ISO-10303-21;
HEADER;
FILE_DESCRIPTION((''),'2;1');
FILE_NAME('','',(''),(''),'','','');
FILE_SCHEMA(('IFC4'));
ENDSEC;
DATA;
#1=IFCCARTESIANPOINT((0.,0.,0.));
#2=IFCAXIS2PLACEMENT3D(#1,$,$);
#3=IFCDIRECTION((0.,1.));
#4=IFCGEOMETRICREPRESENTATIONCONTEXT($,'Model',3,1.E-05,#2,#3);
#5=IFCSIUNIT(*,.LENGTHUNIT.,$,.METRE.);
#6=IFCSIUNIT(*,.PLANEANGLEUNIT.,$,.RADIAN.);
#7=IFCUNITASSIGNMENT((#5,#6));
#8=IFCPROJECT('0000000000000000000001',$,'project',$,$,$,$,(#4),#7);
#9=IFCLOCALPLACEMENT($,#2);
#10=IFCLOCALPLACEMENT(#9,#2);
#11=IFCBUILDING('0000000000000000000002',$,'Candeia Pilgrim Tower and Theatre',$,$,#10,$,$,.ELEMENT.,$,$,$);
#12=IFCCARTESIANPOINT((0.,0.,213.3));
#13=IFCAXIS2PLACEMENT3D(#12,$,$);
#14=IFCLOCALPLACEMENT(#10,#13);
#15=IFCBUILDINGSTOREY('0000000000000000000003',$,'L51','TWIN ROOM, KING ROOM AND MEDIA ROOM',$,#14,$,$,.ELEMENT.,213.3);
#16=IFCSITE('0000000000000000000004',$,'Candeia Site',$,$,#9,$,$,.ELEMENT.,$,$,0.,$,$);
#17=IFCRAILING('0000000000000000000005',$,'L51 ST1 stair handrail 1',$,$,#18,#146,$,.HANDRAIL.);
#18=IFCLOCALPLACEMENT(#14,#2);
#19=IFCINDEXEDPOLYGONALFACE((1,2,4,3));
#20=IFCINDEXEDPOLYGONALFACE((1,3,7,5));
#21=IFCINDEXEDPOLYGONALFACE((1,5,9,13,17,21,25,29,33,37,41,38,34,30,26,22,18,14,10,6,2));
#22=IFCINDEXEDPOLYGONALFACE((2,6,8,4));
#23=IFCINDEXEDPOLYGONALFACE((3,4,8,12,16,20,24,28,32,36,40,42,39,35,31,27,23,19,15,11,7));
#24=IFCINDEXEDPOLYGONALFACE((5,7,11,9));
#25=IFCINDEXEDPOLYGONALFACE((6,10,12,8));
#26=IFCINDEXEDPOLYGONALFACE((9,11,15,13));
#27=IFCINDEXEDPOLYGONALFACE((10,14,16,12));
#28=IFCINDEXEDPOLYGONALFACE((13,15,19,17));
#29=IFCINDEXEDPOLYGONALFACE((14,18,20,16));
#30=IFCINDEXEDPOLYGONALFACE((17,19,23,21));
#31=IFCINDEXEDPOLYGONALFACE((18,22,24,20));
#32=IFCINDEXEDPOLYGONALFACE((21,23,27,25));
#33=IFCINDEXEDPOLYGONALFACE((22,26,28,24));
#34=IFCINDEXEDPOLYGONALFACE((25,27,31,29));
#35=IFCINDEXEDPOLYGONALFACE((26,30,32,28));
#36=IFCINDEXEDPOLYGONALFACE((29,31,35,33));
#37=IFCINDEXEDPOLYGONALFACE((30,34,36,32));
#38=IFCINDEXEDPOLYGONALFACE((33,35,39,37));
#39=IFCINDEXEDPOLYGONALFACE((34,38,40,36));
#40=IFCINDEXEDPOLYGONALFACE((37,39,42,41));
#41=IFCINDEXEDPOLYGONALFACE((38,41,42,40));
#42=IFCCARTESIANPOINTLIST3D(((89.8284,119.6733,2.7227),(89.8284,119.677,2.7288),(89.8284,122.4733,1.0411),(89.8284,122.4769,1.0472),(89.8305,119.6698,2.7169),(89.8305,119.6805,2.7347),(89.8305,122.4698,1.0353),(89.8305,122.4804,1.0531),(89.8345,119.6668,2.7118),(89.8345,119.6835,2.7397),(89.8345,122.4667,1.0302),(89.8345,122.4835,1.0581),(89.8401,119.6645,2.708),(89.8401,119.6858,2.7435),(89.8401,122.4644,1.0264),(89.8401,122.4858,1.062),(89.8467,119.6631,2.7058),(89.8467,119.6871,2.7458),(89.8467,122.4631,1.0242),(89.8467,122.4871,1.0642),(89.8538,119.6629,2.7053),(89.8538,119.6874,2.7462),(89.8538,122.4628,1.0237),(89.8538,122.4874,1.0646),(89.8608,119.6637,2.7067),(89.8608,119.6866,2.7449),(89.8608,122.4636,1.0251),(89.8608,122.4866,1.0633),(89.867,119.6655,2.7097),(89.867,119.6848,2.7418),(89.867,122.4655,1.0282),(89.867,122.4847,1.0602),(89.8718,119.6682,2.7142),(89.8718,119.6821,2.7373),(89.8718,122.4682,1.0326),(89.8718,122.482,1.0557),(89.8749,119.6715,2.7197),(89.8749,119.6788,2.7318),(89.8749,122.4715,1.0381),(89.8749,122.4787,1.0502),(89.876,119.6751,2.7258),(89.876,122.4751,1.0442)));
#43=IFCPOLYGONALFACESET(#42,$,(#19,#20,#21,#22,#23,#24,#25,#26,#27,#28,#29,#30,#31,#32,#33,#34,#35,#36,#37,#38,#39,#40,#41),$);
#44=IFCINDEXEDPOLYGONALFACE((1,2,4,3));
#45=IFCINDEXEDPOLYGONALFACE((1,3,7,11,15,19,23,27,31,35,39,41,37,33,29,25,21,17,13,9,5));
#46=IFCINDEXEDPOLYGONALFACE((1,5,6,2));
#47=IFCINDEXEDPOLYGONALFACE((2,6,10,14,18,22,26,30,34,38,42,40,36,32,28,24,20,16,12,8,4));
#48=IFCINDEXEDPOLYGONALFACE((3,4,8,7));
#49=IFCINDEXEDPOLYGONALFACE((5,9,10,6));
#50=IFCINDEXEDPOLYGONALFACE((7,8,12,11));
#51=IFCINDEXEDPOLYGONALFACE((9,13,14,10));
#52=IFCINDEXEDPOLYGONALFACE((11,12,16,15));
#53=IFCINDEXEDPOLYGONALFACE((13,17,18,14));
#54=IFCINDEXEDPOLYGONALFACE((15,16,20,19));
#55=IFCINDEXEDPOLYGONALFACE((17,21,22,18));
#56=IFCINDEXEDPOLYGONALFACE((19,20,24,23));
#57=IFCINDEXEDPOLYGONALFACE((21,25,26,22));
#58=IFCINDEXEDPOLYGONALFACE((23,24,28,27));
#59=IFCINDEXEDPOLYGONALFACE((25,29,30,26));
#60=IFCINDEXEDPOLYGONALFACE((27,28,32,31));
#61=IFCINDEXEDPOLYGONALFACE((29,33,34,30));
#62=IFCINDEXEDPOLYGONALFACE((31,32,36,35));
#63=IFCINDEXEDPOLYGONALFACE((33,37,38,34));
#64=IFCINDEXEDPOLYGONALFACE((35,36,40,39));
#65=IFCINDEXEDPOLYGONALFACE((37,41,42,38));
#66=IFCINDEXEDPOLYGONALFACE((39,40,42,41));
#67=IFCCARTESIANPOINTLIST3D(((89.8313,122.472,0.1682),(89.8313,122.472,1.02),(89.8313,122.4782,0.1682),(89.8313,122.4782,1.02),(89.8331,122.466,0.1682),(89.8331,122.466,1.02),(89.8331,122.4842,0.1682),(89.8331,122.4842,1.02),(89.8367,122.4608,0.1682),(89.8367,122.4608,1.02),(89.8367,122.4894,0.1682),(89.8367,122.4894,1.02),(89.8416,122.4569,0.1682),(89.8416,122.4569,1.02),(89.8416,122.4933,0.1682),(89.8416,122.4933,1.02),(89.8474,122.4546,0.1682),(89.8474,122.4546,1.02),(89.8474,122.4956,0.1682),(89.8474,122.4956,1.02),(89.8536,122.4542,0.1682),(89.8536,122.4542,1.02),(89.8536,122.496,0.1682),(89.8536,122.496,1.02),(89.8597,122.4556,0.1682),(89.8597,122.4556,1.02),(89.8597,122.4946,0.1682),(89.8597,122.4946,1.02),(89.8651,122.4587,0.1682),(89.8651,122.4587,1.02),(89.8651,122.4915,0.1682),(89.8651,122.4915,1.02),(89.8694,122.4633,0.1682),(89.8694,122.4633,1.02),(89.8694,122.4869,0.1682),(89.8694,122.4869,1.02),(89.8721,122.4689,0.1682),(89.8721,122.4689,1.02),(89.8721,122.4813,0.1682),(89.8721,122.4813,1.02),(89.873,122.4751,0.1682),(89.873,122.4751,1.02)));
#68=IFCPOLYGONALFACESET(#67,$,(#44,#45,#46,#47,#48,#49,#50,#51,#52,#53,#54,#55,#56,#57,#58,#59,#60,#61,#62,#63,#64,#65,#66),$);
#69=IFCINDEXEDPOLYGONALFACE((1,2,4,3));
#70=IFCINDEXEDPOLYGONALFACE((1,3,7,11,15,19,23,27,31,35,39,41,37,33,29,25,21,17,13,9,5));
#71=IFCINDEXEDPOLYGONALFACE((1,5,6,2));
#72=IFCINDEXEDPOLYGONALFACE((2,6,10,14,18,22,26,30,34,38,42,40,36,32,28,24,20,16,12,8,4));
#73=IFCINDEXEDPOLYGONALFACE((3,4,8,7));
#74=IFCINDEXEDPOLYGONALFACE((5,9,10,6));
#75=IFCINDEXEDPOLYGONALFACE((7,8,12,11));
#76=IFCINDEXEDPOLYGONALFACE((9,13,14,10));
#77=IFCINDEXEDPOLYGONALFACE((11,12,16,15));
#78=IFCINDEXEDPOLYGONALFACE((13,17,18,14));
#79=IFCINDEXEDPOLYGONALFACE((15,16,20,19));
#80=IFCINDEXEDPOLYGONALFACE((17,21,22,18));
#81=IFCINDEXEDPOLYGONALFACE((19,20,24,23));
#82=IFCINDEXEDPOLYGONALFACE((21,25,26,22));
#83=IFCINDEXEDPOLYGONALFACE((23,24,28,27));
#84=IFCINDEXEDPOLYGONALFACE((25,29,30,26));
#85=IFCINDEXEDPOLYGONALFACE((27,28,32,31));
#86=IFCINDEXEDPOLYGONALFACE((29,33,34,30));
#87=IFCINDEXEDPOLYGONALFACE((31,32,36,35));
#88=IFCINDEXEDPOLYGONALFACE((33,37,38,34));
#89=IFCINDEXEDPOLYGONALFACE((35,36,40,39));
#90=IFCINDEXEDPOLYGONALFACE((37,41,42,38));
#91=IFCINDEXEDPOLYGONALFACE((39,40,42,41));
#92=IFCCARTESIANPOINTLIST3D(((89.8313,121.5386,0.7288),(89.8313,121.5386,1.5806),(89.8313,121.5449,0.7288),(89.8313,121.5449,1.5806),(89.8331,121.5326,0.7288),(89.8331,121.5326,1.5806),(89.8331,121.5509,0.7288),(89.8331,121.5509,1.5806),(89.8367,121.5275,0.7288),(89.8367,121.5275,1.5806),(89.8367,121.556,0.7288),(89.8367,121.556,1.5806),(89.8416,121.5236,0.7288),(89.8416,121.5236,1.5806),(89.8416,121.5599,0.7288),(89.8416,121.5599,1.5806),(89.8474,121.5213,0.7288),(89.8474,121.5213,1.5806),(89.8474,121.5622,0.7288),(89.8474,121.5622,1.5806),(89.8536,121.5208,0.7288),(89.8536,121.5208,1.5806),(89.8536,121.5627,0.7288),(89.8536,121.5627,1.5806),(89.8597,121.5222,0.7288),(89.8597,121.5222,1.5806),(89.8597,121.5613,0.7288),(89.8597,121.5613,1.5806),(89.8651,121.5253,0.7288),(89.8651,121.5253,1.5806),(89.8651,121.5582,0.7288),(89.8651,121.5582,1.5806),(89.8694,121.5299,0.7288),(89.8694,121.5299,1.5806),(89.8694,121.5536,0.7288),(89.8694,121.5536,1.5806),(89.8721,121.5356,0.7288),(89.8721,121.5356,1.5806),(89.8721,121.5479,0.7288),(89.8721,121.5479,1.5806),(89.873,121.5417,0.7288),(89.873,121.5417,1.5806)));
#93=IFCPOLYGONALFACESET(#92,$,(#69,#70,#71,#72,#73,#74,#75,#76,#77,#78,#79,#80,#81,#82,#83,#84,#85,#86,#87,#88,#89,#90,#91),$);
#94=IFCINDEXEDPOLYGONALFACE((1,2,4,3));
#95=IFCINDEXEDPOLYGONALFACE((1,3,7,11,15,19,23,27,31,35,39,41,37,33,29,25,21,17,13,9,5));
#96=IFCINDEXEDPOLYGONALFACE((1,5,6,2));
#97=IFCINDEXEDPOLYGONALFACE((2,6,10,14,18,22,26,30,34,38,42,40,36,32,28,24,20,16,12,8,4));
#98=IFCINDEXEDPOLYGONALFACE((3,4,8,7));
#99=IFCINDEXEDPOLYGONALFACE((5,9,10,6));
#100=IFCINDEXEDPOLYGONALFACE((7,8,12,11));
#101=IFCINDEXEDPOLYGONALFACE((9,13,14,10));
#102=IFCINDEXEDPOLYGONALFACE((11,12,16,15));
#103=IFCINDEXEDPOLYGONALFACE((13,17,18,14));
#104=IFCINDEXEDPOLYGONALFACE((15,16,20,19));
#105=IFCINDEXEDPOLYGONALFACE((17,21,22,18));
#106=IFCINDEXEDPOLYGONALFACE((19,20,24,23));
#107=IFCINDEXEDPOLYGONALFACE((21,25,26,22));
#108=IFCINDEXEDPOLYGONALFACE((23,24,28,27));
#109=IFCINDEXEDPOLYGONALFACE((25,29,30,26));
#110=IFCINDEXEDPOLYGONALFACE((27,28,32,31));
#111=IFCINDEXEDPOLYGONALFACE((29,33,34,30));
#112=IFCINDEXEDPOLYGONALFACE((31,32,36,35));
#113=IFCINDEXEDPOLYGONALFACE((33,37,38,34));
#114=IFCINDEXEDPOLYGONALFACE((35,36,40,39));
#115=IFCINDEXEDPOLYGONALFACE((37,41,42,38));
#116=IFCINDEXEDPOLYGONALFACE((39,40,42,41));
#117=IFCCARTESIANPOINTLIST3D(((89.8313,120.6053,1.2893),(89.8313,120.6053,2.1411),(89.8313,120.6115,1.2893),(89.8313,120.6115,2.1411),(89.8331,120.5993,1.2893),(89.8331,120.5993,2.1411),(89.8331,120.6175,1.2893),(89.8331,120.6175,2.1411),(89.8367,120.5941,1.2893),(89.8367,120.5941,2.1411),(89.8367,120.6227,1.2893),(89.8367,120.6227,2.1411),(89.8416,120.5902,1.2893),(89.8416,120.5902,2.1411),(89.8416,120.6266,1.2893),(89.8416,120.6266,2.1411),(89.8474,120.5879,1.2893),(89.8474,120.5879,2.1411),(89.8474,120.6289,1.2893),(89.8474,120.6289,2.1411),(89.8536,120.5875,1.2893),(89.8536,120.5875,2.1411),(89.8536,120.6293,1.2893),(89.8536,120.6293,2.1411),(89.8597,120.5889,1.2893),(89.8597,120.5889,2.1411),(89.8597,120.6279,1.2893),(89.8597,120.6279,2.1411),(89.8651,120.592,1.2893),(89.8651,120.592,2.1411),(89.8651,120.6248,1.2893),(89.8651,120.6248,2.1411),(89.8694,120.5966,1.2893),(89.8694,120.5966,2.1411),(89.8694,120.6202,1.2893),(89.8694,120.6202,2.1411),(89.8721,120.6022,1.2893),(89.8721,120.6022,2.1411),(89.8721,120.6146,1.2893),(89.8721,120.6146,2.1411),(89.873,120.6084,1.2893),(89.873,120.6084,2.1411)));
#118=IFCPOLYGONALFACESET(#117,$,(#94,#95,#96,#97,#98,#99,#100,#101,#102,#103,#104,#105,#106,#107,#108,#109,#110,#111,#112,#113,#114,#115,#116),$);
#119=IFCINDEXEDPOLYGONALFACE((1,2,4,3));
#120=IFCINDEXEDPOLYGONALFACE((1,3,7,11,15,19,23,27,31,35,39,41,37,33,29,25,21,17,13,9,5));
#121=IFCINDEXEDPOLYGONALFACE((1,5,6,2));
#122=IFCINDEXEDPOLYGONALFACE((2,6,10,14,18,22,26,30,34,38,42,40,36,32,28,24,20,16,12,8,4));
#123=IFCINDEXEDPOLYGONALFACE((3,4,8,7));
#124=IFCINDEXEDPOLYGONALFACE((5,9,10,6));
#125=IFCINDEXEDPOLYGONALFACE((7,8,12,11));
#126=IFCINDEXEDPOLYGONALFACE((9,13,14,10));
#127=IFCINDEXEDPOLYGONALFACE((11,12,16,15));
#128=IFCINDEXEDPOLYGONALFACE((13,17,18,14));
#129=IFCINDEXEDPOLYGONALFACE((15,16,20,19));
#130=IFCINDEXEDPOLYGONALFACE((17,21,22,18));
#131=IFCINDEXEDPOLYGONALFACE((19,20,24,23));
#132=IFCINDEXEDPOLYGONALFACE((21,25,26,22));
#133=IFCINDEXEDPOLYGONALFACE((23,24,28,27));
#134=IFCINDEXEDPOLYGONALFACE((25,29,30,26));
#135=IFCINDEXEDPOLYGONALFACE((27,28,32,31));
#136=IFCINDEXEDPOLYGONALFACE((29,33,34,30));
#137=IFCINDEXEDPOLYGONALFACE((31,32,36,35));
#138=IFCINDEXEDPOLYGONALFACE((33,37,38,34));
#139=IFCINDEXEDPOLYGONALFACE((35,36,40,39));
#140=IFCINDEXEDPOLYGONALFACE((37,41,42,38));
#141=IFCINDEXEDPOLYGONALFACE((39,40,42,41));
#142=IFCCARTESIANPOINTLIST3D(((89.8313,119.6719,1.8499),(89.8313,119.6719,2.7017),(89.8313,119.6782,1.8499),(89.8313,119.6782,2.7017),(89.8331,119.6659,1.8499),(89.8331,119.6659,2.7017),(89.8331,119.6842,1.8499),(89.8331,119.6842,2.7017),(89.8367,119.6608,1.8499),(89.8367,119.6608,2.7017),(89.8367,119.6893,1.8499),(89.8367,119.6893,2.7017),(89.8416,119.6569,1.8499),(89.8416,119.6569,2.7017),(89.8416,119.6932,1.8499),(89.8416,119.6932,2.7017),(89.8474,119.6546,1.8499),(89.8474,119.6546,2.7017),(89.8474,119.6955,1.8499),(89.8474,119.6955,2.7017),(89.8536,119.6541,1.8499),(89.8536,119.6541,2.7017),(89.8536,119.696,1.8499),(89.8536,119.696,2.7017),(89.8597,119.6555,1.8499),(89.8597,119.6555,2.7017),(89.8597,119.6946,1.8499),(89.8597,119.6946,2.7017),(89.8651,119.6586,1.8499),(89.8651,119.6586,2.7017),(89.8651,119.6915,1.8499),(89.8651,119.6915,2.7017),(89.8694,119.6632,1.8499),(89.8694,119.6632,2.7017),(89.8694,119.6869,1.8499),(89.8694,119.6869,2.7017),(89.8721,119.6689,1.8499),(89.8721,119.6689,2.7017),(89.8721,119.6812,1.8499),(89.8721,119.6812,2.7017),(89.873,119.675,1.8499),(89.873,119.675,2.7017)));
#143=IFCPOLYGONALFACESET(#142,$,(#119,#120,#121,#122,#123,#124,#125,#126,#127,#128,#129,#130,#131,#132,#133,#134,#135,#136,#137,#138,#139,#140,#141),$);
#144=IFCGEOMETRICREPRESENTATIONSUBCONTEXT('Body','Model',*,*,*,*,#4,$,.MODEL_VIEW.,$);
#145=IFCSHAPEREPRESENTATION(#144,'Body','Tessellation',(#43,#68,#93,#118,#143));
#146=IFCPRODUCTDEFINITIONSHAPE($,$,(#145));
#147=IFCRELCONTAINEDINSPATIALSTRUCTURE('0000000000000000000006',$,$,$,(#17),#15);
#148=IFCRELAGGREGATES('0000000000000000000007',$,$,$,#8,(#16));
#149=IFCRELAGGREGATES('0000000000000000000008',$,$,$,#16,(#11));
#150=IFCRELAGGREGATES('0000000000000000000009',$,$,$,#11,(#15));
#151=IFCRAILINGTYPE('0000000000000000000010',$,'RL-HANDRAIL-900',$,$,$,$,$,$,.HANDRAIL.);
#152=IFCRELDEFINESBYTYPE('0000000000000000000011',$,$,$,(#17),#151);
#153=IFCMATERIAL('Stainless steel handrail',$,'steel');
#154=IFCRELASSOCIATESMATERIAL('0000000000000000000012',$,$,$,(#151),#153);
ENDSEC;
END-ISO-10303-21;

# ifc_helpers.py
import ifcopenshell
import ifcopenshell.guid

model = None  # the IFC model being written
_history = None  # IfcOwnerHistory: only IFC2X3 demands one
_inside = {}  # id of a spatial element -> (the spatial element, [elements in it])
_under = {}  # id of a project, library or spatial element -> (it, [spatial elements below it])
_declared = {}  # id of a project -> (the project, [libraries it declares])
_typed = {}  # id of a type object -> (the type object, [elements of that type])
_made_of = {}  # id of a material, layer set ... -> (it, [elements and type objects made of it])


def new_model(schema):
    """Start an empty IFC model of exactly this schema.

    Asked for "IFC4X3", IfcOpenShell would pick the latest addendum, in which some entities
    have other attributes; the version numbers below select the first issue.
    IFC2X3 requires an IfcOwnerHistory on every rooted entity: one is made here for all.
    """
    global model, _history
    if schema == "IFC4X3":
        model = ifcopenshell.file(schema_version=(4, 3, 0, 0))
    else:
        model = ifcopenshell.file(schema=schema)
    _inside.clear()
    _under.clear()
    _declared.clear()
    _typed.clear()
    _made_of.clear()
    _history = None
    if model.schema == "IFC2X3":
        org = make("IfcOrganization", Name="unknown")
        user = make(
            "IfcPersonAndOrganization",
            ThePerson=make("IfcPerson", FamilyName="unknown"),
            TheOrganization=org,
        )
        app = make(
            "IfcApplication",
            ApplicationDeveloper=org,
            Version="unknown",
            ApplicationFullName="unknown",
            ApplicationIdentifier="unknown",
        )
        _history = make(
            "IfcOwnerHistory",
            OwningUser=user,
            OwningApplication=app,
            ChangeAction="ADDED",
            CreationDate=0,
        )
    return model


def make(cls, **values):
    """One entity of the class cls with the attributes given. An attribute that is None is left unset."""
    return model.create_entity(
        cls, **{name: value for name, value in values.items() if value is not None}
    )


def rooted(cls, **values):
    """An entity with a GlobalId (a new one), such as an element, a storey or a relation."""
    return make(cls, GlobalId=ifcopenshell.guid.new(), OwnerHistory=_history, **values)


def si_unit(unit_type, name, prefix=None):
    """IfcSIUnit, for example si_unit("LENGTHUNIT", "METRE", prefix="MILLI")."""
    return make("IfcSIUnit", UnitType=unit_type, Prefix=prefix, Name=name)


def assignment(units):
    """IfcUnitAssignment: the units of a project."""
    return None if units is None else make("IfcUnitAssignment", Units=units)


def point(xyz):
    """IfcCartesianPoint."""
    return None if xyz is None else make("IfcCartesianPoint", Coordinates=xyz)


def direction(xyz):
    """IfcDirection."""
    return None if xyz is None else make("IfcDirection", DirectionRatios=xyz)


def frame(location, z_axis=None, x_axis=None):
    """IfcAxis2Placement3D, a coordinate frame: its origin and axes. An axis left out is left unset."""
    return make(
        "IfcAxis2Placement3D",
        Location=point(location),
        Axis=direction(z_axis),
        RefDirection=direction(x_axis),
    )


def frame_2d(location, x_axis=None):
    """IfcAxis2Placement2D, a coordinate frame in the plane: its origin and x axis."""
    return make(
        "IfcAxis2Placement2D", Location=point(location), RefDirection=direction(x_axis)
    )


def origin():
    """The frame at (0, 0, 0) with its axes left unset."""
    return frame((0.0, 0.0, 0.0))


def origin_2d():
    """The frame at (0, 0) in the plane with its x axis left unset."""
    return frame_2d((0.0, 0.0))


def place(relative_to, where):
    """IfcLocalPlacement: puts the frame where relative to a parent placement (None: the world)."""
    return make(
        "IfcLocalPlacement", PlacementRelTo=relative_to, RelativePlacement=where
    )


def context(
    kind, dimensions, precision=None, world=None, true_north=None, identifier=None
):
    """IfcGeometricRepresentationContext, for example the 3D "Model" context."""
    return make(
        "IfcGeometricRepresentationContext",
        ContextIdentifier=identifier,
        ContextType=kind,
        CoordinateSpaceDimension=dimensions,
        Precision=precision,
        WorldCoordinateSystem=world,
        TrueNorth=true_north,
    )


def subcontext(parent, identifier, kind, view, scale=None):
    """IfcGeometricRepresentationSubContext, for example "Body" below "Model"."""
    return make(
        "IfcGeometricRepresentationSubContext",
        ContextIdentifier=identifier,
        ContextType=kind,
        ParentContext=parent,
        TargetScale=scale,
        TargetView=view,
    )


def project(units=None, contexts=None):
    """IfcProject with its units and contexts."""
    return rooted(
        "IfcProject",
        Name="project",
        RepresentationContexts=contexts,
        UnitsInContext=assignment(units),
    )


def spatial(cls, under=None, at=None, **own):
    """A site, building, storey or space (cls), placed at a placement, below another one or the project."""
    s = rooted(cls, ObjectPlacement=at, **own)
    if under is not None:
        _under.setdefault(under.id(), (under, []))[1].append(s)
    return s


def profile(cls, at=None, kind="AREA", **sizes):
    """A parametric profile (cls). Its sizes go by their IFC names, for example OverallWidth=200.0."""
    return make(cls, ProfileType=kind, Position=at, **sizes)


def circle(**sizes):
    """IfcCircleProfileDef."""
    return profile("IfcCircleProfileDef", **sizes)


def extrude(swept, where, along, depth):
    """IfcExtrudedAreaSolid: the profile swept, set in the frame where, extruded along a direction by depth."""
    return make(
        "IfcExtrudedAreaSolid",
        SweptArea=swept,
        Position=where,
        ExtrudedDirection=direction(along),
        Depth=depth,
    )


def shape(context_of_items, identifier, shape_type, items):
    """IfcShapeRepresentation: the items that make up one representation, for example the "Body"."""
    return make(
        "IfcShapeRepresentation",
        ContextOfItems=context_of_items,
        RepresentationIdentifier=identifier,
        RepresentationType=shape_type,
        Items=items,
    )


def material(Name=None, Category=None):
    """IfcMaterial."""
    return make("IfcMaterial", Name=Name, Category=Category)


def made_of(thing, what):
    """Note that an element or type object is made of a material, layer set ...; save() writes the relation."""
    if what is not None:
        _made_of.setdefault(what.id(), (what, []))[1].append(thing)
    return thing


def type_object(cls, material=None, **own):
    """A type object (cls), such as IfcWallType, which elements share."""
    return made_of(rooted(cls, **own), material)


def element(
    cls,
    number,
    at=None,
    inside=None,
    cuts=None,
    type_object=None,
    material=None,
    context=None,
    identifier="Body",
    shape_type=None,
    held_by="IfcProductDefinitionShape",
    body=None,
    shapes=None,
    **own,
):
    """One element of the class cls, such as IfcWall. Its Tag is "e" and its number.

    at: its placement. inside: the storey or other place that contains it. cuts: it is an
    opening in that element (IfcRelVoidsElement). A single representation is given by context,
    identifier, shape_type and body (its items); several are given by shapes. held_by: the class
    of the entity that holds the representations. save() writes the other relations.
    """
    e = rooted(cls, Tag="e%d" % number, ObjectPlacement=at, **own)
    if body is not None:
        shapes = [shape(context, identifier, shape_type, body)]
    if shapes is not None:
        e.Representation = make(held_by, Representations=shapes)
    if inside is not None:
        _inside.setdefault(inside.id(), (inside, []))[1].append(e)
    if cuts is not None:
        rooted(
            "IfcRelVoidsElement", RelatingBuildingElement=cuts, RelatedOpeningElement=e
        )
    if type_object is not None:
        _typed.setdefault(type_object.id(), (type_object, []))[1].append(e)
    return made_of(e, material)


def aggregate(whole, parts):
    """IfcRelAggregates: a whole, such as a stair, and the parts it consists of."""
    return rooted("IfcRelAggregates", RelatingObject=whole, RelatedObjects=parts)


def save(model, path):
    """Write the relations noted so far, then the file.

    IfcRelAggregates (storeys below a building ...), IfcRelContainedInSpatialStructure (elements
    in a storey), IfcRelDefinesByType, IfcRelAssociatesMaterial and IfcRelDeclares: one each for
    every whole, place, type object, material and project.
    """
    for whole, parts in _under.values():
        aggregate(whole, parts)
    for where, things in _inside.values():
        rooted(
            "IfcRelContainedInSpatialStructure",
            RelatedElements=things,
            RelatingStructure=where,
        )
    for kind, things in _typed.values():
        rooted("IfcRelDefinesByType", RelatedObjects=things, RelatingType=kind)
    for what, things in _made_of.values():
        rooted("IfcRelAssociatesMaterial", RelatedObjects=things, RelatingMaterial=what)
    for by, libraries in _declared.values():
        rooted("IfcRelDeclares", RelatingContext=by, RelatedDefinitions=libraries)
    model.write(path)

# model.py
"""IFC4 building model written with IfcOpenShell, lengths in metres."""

from ifc_helpers import new_model, si_unit, direction, frame, origin, origin_2d, place, context, subcontext, project, spatial, circle, extrude, material, type_object, element, save


model = new_model("IFC4")

# Units and contexts
model_context = context("Model", 3, precision=1e-05, world=origin(), true_north=direction((0.0, 1.0)))
body_context = subcontext(model_context, "Body", "Model", "MODEL_VIEW")
ifc_project = project(units=[si_unit("LENGTHUNIT", "METRE"), si_unit("PLANEANGLEUNIT", "RADIAN")], contexts=[model_context])

# Site, building, storey
site_placement = place(None, origin())
site = spatial("IfcSite", under=ifc_project, at=site_placement, Name="Candeia Site", CompositionType="ELEMENT", RefElevation=0.0)
building_placement = place(site_placement, origin())
building = spatial("IfcBuilding", under=site, at=building_placement, Name="Candeia Pilgrim Tower and Theatre", CompositionType="ELEMENT")
storey_placement = place(building_placement, frame((0.0, 0.0, 213.3)))
storey = spatial("IfcBuildingStorey", under=building, at=storey_placement, Name="L51", Description="TWIN ROOM, KING ROOM AND MEDIA ROOM", CompositionType="ELEMENT", Elevation=213.3)

# Railing
ifc_material_1 = material(Name="Stainless steel handrail", Category="steel")
railing_type_1 = type_object("IfcRailingType", Name="RL-HANDRAIL-900", PredefinedType="HANDRAIL", material=ifc_material_1)
for number, where, name in (
    (1, (89.8521, 122.4751, 0.1682), "L51 ST1 stair handrail 1"),
):
    element("IfcRailing", number, at=place(storey_placement, frame(where)), inside=storey, type_object=railing_type_1, Name=name, PredefinedType="HANDRAIL", context=body_context, shape_type="SweptSolid", body=[
        extrude(circle(Radius=0.0239, at=origin_2d()), frame((0.0, 0.0, 0.876), z_axis=(0.0, -0.857275, 0.514858), x_axis=(1.0, 0.0, 0.0)), (0.0, 0.0, 1.0), 3.2661),
        extrude(circle(Radius=0.021, at=origin_2d()), origin(), (0.0, 0.0, 1.0), 0.8518),
        extrude(circle(Radius=0.021, at=origin_2d()), frame((0.0, -0.9333, 0.5605)), (0.0, 0.0, 1.0), 0.8518),
        extrude(circle(Radius=0.021, at=origin_2d()), frame((0.0, -1.8667, 1.1211)), (0.0, 0.0, 1.0), 0.8518),
        extrude(circle(Radius=0.021, at=origin_2d()), frame((0.0, -2.8, 1.6816)), (0.0, 0.0, 1.0), 0.8518),
    ])

save(model, "model.ifc")
